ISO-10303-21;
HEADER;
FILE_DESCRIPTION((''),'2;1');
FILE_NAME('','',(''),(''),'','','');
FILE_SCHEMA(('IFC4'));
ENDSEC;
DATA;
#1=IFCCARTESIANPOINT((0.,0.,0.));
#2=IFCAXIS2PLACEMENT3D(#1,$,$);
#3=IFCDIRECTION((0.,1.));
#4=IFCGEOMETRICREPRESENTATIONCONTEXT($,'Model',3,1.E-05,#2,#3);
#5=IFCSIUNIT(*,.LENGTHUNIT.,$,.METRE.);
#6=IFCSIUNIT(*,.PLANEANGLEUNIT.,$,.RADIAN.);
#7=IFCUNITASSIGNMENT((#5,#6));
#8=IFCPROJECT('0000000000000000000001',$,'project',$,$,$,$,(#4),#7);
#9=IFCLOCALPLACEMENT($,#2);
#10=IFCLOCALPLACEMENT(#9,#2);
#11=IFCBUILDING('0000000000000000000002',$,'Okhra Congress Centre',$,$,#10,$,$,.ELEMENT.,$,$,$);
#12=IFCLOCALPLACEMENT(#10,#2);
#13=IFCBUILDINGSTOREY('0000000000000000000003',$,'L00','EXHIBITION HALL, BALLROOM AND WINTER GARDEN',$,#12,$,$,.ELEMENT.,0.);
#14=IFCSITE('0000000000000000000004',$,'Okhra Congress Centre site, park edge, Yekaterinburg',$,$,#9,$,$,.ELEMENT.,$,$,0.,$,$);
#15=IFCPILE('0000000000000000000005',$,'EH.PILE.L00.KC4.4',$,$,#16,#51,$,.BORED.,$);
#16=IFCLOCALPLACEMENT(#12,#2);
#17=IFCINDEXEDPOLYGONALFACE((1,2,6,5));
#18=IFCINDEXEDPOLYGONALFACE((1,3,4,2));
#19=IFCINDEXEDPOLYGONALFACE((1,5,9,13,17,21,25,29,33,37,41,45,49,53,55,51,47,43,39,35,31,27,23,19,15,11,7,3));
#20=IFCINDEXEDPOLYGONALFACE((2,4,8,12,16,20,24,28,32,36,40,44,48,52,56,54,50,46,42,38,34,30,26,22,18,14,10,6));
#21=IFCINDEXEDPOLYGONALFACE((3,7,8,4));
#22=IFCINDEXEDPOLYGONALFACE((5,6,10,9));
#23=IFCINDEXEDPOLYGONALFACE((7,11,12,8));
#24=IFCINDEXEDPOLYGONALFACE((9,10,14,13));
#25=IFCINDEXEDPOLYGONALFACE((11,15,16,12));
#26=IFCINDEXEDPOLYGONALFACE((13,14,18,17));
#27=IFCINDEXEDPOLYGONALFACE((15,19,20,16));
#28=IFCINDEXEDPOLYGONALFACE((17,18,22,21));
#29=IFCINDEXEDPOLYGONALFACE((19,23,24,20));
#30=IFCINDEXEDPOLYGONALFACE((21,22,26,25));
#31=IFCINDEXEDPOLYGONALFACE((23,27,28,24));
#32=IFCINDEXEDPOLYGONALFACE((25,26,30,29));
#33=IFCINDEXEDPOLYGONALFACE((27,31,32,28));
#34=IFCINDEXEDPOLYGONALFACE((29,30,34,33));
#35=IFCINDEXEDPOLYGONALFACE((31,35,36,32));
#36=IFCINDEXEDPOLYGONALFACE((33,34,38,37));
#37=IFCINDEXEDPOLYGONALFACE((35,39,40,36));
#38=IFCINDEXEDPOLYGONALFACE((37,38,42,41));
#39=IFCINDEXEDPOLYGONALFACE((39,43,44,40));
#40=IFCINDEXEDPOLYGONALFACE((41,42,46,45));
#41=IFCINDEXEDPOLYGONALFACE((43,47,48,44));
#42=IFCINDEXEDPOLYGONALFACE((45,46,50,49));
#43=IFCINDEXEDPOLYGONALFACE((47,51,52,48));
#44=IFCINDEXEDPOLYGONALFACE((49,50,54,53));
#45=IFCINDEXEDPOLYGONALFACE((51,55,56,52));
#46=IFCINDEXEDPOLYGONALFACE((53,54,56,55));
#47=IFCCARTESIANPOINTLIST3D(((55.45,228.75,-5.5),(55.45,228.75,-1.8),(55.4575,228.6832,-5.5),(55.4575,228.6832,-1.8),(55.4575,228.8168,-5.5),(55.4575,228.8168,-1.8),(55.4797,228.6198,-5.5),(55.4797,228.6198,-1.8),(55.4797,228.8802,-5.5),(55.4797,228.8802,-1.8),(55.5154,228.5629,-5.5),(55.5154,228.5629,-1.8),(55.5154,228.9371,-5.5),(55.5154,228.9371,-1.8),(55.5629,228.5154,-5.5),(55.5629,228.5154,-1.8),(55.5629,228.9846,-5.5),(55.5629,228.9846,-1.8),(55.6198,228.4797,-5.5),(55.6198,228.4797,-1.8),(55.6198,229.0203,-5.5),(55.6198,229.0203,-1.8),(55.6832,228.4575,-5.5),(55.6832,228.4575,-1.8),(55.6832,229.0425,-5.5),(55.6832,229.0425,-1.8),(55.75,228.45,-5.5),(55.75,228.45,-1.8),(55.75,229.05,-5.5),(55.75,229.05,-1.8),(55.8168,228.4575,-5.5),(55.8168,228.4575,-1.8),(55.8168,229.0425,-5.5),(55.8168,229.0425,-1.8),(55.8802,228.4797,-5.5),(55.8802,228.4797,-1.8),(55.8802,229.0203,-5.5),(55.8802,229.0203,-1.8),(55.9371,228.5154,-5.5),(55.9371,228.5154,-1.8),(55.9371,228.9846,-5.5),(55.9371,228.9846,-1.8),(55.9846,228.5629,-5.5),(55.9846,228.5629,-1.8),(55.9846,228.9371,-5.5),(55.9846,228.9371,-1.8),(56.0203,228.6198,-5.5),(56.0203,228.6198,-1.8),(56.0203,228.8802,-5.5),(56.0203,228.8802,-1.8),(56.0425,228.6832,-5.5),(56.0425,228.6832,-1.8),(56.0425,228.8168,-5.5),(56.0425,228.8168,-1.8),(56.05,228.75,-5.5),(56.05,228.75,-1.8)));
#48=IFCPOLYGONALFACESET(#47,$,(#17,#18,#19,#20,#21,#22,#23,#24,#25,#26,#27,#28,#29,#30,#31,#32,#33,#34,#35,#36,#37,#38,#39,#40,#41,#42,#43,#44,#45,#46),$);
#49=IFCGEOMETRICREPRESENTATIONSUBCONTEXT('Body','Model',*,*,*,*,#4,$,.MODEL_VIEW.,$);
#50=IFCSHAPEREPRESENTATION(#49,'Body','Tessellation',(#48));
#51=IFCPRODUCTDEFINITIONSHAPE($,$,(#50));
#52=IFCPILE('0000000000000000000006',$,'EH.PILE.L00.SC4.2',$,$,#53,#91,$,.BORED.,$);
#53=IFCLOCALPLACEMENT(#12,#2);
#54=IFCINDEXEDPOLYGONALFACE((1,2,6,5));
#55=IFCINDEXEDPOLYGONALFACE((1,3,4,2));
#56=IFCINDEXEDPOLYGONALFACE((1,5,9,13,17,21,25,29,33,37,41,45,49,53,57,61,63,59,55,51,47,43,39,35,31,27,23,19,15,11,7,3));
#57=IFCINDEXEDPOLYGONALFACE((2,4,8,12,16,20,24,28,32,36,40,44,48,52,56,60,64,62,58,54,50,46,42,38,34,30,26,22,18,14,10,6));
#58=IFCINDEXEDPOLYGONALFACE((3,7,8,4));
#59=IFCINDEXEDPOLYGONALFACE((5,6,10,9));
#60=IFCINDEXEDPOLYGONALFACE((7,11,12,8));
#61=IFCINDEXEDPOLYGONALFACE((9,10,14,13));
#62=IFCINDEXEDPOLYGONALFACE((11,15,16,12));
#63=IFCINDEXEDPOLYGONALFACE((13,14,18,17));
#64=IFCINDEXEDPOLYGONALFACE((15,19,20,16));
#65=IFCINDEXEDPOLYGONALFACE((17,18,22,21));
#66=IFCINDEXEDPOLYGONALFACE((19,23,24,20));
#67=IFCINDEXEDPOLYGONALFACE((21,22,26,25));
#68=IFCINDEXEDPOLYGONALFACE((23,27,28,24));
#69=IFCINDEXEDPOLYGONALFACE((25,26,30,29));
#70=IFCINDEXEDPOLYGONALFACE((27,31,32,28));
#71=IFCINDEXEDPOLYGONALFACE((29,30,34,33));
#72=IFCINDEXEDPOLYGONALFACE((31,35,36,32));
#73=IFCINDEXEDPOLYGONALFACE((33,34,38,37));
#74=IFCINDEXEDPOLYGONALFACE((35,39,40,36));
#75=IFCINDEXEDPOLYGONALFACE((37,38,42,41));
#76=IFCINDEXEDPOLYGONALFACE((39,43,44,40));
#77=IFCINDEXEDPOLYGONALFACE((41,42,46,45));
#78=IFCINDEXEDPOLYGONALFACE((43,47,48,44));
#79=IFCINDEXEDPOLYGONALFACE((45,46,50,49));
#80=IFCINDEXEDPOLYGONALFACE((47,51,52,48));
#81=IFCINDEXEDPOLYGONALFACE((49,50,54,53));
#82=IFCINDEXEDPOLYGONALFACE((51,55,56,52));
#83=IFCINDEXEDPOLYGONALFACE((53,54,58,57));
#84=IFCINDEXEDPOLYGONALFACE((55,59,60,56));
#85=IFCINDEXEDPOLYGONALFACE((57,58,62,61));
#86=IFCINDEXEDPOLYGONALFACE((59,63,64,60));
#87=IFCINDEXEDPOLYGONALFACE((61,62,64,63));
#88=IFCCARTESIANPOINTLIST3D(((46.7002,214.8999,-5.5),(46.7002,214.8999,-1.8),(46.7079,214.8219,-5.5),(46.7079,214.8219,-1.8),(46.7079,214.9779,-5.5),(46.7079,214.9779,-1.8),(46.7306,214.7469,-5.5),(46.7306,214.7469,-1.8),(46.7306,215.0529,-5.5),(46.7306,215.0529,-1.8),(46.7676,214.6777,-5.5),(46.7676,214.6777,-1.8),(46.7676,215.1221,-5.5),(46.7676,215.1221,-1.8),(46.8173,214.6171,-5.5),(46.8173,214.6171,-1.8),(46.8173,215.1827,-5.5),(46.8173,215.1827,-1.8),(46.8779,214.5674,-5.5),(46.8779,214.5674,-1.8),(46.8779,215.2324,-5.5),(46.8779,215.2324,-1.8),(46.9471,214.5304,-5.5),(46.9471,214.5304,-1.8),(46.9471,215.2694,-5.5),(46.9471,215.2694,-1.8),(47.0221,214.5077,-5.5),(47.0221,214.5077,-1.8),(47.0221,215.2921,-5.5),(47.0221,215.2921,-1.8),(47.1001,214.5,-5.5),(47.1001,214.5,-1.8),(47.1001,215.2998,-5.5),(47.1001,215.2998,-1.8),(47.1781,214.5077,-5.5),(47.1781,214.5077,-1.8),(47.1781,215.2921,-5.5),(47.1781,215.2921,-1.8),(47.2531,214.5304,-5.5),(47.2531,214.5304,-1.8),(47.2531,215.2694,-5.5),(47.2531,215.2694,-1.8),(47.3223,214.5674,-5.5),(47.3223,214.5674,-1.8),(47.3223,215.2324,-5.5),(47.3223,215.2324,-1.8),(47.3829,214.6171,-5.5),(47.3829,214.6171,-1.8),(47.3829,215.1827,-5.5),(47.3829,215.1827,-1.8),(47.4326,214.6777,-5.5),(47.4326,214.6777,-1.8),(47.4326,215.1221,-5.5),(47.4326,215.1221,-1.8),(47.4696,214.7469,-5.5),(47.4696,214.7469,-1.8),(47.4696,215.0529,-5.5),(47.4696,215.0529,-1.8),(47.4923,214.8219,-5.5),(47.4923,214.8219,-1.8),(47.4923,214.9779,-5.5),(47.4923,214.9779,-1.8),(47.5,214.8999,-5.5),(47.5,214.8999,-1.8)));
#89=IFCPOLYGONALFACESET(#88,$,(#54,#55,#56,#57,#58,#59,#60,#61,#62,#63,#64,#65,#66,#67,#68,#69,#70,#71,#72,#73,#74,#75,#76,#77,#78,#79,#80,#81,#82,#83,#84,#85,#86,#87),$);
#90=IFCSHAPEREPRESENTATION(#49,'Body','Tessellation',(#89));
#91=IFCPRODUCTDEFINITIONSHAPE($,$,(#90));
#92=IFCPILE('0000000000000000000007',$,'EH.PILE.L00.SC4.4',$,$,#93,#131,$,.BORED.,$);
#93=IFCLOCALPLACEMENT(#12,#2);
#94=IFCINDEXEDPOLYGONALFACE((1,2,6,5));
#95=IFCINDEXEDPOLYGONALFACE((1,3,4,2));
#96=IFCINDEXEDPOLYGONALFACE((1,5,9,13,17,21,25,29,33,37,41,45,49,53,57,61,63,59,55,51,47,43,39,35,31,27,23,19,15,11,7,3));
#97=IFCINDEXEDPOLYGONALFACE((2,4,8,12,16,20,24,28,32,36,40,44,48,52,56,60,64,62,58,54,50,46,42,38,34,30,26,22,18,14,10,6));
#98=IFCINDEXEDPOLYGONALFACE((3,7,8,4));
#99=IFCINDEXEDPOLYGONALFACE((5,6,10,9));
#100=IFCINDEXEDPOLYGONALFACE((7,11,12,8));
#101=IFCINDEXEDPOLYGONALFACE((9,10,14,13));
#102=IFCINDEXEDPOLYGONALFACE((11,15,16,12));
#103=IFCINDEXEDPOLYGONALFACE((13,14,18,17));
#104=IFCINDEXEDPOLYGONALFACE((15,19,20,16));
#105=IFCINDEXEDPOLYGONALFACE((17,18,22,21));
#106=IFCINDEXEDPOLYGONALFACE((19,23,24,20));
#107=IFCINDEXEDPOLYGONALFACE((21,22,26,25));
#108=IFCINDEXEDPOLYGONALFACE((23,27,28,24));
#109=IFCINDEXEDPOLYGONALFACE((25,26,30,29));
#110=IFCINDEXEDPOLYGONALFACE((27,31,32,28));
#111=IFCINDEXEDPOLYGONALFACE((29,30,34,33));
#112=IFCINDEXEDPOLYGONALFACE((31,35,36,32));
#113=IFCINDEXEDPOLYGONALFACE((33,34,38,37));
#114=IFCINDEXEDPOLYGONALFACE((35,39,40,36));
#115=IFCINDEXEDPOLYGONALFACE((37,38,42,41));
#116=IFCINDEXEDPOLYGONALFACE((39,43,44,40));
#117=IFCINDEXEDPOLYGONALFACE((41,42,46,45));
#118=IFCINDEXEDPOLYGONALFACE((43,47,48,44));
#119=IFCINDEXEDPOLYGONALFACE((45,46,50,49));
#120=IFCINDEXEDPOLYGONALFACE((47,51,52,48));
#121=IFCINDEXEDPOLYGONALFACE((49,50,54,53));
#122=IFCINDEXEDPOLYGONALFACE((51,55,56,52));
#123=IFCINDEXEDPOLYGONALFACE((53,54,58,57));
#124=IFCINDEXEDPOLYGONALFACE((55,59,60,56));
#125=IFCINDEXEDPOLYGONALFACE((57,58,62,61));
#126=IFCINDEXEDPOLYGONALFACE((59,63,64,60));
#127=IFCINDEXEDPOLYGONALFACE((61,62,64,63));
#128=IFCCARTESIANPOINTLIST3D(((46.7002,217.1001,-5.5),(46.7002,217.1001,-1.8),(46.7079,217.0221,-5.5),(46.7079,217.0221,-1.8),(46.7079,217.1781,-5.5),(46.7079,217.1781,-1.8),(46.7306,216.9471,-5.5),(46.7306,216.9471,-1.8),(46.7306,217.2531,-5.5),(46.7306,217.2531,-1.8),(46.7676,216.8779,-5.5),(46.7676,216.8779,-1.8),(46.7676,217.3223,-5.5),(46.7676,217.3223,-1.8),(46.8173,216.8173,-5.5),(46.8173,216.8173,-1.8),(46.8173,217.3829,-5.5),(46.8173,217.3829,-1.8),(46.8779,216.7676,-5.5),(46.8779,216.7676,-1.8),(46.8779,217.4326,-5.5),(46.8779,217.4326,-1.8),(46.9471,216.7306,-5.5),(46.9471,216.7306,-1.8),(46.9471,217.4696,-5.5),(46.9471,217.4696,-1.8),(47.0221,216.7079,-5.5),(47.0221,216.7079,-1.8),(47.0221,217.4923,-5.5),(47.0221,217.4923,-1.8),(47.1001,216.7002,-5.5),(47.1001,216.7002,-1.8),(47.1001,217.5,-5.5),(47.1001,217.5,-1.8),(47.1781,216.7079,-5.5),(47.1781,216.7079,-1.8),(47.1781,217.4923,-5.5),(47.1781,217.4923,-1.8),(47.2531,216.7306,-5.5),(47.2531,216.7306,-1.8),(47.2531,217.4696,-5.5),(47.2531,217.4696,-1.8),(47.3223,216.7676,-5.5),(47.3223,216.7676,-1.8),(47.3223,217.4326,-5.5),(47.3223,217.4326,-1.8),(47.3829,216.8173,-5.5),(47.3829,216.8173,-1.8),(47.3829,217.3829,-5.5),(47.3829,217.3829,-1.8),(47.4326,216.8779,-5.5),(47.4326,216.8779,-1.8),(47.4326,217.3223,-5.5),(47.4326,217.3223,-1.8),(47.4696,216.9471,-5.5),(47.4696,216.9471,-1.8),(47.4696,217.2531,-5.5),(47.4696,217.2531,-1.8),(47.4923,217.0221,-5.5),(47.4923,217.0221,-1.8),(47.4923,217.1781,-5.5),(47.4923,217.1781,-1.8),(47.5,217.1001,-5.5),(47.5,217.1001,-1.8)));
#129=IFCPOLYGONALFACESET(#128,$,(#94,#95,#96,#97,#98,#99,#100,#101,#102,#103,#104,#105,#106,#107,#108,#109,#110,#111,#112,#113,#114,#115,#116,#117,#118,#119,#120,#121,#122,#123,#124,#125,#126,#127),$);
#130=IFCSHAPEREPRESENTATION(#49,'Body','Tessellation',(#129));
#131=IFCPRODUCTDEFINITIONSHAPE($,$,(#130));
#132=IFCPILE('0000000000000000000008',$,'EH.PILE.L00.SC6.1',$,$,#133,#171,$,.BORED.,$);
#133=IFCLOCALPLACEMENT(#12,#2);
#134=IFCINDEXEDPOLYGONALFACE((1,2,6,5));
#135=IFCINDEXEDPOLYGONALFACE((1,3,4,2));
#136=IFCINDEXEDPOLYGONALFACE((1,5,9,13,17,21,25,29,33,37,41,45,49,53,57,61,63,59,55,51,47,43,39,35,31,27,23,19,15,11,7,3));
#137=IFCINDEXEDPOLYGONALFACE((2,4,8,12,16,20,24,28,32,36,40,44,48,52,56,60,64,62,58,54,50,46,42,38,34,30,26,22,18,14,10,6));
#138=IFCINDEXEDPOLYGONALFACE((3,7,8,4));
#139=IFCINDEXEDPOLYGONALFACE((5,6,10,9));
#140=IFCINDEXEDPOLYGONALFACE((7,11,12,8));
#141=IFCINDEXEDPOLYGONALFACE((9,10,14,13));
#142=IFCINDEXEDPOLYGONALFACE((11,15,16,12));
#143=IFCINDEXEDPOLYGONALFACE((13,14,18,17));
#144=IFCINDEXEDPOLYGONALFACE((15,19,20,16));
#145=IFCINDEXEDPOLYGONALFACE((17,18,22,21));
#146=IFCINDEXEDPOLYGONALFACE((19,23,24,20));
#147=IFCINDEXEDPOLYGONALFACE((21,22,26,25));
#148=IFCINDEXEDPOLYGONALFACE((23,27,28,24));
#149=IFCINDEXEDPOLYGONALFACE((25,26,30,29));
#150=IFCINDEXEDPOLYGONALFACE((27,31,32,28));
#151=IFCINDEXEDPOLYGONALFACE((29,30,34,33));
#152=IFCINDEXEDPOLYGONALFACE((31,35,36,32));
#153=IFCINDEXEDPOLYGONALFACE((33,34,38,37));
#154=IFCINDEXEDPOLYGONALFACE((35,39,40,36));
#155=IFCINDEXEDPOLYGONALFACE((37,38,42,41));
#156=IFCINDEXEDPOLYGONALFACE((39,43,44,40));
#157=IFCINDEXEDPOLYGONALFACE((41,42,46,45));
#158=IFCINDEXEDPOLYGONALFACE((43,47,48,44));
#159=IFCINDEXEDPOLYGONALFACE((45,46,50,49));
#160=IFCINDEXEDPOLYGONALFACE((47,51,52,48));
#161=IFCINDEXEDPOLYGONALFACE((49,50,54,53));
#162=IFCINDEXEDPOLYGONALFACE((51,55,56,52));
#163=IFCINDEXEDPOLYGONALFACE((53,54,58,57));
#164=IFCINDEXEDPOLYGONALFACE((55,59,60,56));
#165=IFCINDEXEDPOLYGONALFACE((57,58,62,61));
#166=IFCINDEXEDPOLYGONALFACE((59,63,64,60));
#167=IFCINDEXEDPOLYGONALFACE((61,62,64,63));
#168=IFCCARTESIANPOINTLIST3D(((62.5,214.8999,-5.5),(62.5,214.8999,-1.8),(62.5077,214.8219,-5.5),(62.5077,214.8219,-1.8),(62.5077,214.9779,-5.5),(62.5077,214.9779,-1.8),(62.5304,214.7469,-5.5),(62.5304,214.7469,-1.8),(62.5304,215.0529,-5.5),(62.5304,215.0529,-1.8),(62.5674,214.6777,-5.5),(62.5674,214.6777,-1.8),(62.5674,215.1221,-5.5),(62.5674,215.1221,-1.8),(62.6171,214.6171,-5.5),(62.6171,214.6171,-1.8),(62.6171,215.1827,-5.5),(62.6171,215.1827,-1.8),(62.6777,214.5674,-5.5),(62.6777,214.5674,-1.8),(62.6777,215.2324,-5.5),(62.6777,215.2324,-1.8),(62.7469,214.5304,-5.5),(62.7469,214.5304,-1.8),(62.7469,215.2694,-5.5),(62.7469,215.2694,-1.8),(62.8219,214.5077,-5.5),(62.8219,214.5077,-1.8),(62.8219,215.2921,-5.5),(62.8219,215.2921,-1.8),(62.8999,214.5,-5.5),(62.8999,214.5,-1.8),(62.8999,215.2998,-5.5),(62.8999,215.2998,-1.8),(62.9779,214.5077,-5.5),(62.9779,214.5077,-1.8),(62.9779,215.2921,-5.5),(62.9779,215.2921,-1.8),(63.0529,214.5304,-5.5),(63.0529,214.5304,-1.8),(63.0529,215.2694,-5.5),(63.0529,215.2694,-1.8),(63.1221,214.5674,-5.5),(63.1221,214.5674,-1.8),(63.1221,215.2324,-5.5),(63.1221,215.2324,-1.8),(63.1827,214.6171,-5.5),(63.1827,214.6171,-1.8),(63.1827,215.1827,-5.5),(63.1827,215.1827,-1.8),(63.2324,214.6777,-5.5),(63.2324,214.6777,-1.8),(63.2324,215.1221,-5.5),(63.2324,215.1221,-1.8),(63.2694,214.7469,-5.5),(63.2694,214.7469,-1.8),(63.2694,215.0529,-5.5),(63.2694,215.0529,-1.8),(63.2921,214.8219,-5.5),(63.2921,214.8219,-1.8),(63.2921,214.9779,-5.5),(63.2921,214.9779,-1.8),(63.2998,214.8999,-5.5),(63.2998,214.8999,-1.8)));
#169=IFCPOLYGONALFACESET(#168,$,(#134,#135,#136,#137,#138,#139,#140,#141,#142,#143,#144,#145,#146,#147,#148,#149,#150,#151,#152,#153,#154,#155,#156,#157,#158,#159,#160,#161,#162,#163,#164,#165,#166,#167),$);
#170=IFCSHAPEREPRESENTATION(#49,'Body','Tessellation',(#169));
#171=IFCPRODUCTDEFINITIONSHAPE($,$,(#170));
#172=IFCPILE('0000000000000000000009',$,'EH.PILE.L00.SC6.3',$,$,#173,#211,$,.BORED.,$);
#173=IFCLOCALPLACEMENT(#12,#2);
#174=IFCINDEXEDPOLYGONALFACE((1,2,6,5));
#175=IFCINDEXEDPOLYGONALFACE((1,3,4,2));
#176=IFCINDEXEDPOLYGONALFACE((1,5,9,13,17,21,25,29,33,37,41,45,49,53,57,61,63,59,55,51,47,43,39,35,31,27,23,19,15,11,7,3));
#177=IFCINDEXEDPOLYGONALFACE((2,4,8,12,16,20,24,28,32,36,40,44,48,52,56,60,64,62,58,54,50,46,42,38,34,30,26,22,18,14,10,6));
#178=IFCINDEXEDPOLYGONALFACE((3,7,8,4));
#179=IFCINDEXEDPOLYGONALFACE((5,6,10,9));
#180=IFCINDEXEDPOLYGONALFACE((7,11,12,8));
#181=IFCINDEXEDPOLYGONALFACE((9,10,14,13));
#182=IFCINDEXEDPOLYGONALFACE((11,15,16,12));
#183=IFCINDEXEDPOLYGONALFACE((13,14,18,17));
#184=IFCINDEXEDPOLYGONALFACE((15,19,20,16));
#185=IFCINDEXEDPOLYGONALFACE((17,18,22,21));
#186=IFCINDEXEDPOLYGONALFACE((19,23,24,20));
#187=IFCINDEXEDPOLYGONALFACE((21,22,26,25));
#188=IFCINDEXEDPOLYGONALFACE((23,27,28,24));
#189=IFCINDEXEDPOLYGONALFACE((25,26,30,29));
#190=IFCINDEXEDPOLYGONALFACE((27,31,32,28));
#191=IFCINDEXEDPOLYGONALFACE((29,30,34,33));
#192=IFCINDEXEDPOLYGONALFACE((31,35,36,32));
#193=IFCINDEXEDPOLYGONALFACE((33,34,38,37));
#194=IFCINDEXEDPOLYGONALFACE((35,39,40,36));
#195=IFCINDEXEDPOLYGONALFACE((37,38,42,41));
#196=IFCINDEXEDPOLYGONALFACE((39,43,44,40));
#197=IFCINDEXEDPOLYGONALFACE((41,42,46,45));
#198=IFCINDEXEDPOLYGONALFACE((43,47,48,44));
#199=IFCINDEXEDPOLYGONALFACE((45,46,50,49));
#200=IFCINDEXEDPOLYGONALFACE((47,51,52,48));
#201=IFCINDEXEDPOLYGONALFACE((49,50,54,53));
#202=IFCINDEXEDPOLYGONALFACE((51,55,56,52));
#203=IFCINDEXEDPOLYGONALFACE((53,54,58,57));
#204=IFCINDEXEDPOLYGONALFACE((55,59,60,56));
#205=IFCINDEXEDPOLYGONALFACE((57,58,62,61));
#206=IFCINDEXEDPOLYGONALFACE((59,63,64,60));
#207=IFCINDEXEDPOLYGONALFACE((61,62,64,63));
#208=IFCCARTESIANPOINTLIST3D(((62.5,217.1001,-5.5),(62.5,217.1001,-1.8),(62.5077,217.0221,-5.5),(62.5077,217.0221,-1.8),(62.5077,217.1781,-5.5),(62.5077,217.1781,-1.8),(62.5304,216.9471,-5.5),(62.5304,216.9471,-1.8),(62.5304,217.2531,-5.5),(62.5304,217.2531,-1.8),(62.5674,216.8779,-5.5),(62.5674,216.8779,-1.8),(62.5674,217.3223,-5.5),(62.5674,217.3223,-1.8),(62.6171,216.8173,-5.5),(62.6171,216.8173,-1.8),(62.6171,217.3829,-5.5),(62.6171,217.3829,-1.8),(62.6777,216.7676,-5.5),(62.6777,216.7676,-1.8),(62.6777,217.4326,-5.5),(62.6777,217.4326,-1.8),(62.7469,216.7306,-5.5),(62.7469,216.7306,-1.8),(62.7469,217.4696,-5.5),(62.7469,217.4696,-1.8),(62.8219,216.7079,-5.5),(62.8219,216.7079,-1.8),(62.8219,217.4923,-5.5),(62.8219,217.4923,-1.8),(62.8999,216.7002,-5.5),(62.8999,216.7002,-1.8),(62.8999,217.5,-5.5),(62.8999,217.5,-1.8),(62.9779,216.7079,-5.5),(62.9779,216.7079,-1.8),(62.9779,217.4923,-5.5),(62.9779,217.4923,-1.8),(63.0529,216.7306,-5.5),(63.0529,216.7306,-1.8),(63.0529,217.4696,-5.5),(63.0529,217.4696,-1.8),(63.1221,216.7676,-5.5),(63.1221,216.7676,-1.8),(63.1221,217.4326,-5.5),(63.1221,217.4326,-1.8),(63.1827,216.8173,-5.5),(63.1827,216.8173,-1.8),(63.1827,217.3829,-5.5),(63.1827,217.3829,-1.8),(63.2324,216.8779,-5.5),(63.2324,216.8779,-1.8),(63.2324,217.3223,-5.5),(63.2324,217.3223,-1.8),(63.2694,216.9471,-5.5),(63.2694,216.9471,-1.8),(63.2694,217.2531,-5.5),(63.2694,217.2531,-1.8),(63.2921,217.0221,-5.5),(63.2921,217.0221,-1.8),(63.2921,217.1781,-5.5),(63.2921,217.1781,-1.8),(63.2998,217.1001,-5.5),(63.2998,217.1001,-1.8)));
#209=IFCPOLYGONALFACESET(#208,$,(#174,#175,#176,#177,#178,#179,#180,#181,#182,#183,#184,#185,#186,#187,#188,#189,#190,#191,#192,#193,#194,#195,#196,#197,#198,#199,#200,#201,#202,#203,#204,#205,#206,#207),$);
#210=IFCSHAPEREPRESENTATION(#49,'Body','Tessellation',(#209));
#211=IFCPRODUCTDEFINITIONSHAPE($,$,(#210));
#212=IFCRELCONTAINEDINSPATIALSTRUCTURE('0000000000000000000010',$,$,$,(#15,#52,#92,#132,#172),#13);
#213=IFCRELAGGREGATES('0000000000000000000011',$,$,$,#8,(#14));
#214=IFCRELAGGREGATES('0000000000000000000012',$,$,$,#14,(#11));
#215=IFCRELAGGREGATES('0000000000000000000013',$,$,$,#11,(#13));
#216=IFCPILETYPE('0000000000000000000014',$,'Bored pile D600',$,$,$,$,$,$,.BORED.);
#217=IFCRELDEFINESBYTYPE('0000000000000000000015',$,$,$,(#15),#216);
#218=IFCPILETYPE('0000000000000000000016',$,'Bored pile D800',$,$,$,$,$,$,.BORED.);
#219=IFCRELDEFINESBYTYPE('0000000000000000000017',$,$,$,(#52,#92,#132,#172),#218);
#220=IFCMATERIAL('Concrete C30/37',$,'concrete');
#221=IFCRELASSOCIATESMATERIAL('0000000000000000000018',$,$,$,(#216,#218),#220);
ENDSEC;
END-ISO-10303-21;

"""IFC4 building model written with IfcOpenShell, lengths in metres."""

from ifc_helpers import new_model, si_unit, direction, frame, origin, origin_2d, place, context, subcontext, project, spatial, circle, extrude, material, material_profile, profile_set, type_object, element, save


model = new_model("IFC4")

# Units and contexts
model_context = context("Model", 3, precision=1e-05, world=origin(), true_north=direction((0.0, 1.0)))
body_context = subcontext(model_context, "Body", "Model", "MODEL_VIEW")
ifc_project = project(units=[si_unit("LENGTHUNIT", "METRE"), si_unit("PLANEANGLEUNIT", "RADIAN")], contexts=[model_context])

# Site, building, storey
site_placement = place(None, origin())
site = spatial("IfcSite", under=ifc_project, at=site_placement, Name="Okhra Congress Centre site, park edge, Yekaterinburg", CompositionType="ELEMENT", RefElevation=0.0)
building_placement = place(site_placement, origin())
building = spatial("IfcBuilding", under=site, at=building_placement, Name="Okhra Congress Centre", CompositionType="ELEMENT")
storey_placement = place(building_placement, origin())
storey = spatial("IfcBuildingStorey", under=building, at=storey_placement, Name="L00", Description="EXHIBITION HALL, BALLROOM AND WINTER GARDEN", CompositionType="ELEMENT", Elevation=0.0)

# Piles
ifc_material_1 = material(Name="Concrete C30/37", Category="concrete")
ifc_material_profile_1 = material_profile(ifc_material_1, circle(Radius=0.3, at=origin_2d()), Name="D600")
ifc_profile_set_1 = profile_set([ifc_material_profile_1], Name="Concrete C30/37")
pile_type_1 = type_object("IfcPileType", Name="Bored pile D600", PredefinedType="BORED", material=ifc_profile_set_1)
for number, where, z_axis, x_axis, name in (
    (1, (55.75, 228.75, -1.8), (0.0, 0.0, -1.0), (1.0, 0.0, 0.0), "EH.PILE.L00.KC4.4"),
):
    element("IfcPile", number, at=place(storey_placement, frame(where, z_axis=z_axis, x_axis=x_axis)), inside=storey, type_object=pile_type_1, Name=name, PredefinedType="BORED", context=body_context, shape_type="SweptSolid", body=[
        extrude(circle(Radius=0.3, at=origin_2d()), origin(), (0.0, 0.0, 1.0), 3.7),
    ])
ifc_material_profile_2 = material_profile(ifc_material_1, circle(Radius=0.3999, at=origin_2d()), Name="D800")
ifc_profile_set_2 = profile_set([ifc_material_profile_2], Name="Concrete C30/37")
pile_type_2 = type_object("IfcPileType", Name="Bored pile D800", PredefinedType="BORED", material=ifc_profile_set_2)
for number, where, z_axis, x_axis, name in (
    (2, (47.1001, 214.8999, -1.8), (0.0, 0.0, -1.0), (1.0, 0.0, 0.0), "EH.PILE.L00.SC4.2"),
    (3, (47.1001, 217.1001, -1.8), (0.0, 0.0, -1.0), (1.0, 0.0, 0.0), "EH.PILE.L00.SC4.4"),
    (4, (62.8999, 214.8999, -1.8), (0.0, 0.0, -1.0), (1.0, 0.0, 0.0), "EH.PILE.L00.SC6.1"),
    (5, (62.8999, 217.1001, -1.8), (0.0, 0.0, -1.0), (1.0, 0.0, 0.0), "EH.PILE.L00.SC6.3"),
):
    element("IfcPile", number, at=place(storey_placement, frame(where, z_axis=z_axis, x_axis=x_axis)), inside=storey, type_object=pile_type_2, Name=name, PredefinedType="BORED", context=body_context, shape_type="SweptSolid", body=[
        extrude(circle(Radius=0.3999, at=origin_2d()), origin(), (0.0, 0.0, 1.0), 3.7),
    ])

save(model, "model.ifc")
